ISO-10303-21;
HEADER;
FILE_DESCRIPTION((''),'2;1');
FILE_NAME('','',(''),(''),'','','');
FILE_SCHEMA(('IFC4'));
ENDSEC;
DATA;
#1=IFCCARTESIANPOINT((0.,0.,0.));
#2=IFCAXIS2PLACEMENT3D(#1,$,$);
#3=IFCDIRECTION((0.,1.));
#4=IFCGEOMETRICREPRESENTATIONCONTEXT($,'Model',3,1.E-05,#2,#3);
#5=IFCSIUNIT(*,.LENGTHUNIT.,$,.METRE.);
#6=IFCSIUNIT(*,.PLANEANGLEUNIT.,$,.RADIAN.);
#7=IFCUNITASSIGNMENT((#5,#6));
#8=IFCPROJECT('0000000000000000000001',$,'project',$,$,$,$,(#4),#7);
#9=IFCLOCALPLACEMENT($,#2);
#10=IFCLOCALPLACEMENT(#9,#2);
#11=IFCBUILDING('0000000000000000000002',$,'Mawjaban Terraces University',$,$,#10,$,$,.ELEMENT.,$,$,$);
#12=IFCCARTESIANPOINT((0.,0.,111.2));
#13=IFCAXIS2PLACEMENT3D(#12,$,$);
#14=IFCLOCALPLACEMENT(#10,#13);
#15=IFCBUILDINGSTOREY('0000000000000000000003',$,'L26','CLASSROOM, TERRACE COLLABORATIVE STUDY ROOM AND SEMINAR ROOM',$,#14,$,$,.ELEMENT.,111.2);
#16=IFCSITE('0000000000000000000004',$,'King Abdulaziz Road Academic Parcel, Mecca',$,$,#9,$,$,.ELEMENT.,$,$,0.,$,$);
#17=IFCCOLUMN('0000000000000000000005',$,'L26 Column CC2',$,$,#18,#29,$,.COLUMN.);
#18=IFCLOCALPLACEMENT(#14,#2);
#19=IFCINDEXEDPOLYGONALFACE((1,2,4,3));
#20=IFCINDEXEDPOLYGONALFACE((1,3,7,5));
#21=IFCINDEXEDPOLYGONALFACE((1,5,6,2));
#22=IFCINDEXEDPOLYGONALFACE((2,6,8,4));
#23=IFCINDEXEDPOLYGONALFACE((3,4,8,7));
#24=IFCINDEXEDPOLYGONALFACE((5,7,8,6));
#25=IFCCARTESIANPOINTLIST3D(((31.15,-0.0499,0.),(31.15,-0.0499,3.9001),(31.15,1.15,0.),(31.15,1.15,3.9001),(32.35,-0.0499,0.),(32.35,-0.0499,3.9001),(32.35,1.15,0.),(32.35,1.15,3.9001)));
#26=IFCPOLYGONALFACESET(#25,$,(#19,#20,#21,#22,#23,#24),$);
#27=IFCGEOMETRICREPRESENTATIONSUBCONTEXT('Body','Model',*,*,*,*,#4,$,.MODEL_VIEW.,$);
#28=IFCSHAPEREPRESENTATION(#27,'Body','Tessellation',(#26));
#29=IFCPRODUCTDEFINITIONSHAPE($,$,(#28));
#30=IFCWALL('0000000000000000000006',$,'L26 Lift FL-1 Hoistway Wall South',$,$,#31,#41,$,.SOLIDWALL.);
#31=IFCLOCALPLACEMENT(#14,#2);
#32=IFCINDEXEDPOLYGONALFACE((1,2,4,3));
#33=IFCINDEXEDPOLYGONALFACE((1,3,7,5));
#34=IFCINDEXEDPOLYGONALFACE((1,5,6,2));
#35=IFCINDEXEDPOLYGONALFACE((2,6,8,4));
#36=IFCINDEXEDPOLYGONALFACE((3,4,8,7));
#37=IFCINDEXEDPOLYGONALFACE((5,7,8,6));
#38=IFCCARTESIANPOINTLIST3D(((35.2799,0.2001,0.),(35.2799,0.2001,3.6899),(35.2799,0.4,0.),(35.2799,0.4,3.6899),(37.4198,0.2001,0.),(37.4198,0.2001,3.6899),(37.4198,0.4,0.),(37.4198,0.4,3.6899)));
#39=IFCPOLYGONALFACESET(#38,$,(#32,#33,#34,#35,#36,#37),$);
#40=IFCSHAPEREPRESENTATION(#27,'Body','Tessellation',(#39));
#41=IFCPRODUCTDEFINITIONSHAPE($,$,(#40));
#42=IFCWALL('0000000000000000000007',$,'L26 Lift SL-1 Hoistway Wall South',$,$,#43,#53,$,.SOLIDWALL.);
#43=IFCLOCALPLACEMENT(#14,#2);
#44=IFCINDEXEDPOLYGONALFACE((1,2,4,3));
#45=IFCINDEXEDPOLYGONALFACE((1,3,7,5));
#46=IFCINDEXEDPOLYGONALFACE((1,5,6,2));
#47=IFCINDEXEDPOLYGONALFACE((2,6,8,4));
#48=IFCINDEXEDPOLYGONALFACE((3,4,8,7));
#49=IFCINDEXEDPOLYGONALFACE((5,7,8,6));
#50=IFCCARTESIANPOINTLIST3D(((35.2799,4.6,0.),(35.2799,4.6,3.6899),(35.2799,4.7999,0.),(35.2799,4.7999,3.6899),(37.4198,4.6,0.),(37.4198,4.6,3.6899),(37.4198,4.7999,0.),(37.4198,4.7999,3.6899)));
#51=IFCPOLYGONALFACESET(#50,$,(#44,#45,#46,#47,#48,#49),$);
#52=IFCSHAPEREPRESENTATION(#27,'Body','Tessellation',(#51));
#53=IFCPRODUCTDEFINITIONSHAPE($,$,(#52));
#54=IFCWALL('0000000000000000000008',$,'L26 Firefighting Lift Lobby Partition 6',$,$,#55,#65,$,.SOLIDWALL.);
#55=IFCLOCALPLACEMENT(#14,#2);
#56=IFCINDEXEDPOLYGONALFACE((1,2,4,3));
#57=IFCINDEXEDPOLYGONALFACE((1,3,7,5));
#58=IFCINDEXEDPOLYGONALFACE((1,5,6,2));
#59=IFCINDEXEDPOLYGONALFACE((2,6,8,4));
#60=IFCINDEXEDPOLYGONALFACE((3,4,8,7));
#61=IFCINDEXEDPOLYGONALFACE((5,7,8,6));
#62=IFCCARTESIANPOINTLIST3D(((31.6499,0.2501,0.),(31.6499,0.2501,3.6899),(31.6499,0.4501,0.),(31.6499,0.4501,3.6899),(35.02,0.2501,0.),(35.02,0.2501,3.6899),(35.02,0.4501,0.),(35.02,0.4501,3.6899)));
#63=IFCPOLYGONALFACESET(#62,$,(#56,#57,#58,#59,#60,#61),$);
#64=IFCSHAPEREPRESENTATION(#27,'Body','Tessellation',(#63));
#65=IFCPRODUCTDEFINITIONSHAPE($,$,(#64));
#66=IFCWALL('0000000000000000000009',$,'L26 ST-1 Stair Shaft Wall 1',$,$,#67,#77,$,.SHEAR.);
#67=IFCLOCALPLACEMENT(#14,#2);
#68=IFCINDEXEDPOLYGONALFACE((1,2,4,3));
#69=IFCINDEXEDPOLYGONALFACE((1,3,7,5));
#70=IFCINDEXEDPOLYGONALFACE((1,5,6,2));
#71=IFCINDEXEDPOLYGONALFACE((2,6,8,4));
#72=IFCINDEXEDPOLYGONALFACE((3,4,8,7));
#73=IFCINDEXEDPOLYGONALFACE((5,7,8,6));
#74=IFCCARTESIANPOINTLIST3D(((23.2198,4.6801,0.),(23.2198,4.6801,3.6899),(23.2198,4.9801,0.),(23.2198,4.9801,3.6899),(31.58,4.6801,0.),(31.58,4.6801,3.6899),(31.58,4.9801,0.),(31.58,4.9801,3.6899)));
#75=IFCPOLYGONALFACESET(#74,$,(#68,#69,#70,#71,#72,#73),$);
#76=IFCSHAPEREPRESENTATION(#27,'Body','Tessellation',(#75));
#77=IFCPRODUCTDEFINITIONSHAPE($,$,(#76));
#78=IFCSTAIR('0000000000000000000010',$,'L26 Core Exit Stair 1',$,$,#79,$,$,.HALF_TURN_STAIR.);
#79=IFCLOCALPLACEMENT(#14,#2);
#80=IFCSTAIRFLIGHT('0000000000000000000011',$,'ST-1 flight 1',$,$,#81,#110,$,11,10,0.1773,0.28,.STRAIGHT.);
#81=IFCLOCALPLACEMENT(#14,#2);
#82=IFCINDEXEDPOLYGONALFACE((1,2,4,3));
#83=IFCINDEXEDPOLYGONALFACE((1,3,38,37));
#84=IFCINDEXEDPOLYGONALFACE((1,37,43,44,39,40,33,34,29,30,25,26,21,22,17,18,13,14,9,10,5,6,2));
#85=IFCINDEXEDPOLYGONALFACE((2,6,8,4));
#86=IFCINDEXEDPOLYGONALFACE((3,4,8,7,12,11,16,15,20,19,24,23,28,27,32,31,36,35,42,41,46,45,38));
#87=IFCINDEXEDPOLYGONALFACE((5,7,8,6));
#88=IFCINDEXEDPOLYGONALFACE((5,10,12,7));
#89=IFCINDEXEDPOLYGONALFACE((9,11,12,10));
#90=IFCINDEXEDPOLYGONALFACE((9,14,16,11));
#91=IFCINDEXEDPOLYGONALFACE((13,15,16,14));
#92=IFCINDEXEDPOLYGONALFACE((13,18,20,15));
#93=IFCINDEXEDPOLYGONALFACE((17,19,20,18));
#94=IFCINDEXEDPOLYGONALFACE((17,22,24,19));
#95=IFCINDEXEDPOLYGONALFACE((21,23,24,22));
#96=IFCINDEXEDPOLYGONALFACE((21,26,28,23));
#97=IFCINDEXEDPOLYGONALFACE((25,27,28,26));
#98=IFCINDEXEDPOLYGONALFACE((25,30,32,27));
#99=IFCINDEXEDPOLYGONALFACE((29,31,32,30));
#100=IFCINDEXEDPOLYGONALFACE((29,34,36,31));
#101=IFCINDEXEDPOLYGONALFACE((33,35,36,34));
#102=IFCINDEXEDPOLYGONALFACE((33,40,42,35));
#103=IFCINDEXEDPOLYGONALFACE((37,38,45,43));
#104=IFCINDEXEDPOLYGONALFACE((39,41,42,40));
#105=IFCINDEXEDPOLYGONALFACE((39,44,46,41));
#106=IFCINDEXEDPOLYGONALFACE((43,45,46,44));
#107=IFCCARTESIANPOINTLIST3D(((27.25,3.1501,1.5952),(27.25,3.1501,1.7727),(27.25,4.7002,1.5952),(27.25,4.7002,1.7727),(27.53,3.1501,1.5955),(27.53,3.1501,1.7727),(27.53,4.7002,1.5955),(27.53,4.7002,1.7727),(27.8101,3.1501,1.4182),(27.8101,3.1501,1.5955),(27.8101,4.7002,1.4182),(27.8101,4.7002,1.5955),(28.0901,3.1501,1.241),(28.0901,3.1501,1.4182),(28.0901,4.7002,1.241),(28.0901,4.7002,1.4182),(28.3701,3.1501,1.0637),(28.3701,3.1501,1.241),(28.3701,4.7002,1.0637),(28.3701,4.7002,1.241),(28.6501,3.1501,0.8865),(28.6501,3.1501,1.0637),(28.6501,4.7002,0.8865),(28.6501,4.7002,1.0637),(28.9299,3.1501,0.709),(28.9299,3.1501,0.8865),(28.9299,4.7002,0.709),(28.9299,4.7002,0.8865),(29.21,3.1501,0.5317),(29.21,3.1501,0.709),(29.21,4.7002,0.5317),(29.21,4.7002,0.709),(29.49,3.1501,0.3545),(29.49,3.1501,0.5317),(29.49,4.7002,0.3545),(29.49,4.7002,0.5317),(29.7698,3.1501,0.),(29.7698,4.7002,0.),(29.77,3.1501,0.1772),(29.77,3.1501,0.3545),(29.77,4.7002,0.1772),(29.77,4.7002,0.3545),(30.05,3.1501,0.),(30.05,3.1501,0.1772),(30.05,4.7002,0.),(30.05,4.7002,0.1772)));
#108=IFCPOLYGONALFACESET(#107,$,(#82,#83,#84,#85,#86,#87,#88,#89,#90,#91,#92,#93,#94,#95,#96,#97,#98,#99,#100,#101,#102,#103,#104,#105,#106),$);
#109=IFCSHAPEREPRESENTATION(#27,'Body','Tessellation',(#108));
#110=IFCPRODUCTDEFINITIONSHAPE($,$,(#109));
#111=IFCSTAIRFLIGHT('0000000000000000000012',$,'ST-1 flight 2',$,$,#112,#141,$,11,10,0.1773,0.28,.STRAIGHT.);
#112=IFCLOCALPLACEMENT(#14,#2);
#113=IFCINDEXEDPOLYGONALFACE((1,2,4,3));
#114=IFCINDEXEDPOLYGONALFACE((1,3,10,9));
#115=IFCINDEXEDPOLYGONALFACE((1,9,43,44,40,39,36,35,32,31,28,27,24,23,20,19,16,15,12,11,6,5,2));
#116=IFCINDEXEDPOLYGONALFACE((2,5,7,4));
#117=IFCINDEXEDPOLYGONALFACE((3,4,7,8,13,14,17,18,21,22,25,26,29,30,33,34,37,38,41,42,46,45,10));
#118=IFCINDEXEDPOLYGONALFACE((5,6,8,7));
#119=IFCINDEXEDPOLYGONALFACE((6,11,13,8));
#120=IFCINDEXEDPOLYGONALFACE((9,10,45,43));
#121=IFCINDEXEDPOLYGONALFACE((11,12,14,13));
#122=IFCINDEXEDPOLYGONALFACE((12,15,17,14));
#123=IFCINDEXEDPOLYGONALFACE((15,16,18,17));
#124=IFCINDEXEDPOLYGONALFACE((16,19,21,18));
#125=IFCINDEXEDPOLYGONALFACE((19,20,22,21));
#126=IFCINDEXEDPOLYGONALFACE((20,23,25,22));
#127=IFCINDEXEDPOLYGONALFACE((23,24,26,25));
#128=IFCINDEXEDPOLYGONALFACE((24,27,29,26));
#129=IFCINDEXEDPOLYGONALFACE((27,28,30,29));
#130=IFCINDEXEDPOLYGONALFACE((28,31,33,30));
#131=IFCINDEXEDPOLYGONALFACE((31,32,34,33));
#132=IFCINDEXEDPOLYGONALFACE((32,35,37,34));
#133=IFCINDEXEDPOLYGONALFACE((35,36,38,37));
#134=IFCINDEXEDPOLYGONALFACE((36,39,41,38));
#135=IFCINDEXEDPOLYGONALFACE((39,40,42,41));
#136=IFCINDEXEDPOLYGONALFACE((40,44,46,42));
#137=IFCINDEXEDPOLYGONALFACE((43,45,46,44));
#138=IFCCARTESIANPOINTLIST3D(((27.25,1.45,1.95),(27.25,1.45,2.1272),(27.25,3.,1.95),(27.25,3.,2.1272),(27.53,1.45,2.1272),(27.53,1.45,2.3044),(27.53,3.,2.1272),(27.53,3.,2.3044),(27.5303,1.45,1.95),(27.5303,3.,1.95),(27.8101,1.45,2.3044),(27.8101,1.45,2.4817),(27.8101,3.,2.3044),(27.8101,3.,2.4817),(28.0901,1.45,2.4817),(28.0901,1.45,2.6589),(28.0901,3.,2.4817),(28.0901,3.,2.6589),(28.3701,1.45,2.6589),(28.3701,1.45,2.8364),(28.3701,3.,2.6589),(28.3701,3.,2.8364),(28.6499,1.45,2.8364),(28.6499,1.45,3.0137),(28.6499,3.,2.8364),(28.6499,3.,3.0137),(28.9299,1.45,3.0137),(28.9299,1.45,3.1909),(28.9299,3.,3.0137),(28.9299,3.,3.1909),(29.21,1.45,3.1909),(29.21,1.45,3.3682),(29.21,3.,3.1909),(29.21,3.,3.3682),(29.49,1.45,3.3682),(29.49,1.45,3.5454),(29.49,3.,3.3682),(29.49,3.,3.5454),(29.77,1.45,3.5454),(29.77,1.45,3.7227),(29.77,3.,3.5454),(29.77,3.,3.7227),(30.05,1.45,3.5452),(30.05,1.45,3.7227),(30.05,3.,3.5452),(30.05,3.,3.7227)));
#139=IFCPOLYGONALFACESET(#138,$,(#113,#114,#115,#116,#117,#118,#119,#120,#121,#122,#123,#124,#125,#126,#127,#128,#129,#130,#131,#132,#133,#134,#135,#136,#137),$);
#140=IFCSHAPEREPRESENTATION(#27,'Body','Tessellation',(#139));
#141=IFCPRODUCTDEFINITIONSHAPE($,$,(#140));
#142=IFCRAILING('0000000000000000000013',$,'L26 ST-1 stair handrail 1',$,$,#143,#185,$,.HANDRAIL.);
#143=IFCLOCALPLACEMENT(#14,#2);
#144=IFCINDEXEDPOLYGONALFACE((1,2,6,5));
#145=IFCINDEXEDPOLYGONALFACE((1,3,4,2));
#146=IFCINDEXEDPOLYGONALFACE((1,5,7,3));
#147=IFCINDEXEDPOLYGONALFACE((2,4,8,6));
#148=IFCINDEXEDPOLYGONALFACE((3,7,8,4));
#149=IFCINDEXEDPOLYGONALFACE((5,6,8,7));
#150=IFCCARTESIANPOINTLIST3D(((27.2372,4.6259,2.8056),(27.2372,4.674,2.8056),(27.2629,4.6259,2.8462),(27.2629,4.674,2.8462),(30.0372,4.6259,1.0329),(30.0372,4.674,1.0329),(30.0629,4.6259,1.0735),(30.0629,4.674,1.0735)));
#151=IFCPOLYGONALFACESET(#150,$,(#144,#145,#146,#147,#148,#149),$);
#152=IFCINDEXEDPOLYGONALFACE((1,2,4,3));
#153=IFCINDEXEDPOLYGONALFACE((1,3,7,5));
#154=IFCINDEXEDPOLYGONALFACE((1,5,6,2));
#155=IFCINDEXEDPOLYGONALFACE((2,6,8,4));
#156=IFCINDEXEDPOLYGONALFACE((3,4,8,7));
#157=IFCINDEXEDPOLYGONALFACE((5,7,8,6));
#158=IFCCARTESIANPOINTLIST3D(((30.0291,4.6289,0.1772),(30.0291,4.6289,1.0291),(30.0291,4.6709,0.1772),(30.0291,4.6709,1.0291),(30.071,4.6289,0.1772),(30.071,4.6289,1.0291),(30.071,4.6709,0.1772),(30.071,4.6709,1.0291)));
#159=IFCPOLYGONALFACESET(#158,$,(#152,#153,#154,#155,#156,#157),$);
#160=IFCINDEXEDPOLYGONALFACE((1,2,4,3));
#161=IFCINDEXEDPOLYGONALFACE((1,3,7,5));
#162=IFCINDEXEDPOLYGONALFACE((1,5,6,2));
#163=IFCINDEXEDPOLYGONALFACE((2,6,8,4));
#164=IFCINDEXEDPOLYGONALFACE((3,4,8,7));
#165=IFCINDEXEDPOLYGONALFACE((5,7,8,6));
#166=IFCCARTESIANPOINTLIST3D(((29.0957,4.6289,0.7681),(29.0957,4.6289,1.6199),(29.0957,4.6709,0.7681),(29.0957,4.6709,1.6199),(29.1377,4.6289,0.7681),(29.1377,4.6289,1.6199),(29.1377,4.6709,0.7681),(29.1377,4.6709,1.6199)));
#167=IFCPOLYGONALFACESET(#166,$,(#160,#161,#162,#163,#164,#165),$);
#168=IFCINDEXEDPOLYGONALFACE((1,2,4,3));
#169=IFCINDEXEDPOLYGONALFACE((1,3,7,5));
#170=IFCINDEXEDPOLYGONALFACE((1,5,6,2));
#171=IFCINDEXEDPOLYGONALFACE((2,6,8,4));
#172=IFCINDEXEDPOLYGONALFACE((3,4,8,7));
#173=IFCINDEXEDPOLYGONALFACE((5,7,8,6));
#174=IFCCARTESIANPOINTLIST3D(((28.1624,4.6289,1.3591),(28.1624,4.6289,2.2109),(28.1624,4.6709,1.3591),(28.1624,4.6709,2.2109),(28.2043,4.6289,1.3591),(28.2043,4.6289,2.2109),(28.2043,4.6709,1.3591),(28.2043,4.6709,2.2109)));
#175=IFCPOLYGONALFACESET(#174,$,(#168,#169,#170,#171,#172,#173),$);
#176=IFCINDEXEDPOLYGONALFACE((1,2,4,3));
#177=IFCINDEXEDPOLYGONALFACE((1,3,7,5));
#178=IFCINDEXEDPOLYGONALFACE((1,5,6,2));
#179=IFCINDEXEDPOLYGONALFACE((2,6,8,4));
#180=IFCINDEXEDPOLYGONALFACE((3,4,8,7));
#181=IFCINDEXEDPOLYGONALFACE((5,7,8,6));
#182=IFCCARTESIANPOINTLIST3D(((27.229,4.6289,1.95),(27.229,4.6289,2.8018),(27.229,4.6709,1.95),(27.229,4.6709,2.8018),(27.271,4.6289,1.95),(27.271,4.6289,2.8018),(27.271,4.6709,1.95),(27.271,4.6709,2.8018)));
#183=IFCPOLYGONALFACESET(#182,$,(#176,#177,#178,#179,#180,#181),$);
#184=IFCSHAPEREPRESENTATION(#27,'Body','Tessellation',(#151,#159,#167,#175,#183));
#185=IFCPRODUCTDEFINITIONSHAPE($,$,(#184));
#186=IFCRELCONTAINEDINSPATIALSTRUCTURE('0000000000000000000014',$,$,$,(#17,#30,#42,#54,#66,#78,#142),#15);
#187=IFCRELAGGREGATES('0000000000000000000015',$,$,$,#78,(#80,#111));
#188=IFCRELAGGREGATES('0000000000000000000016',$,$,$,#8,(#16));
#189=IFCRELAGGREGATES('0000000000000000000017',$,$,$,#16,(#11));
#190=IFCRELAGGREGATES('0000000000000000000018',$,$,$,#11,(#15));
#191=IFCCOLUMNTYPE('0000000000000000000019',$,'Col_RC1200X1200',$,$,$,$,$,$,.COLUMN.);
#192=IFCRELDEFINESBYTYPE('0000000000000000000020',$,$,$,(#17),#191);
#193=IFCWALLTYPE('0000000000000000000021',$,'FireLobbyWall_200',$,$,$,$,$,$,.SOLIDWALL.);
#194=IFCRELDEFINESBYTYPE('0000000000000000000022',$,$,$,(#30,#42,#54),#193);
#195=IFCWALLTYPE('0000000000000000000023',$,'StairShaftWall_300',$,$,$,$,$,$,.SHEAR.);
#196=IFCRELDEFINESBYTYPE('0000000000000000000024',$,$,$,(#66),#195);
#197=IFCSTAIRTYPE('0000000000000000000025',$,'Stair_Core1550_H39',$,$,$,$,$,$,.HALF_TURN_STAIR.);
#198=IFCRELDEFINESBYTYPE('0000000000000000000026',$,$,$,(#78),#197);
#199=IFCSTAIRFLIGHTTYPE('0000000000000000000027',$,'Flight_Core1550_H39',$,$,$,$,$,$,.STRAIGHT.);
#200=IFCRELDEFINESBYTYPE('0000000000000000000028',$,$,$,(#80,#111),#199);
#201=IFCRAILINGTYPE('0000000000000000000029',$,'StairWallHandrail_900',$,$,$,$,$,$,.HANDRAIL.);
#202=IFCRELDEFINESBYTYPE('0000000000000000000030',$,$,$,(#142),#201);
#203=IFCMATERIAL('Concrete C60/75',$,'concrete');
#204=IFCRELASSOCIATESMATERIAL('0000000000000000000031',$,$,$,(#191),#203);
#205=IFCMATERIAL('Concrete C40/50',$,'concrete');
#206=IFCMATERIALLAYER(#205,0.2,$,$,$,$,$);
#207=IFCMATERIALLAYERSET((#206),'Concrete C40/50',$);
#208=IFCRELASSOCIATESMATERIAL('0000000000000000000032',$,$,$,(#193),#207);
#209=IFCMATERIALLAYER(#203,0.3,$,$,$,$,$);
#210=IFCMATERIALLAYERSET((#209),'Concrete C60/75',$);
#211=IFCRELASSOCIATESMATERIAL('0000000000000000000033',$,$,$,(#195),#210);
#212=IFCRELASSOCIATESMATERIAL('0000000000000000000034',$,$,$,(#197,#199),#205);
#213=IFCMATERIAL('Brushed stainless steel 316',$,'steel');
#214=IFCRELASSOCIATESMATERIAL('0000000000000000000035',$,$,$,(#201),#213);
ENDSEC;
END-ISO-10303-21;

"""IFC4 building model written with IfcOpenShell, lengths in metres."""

from ifc_helpers import new_model, si_unit, direction, frame, frame_2d, origin, origin_2d, place, context, subcontext, project, spatial, polyline, rectangle, outline, extrude, material, layer, layer_set, material_profile, profile_set, type_object, element, aggregate, save


model = new_model("IFC4")

# Units and contexts
model_context = context("Model", 3, precision=1e-05, world=origin(), true_north=direction((0.0, 1.0)))
body_context = subcontext(model_context, "Body", "Model", "MODEL_VIEW")
ifc_project = project(units=[si_unit("LENGTHUNIT", "METRE"), si_unit("PLANEANGLEUNIT", "RADIAN")], contexts=[model_context])

# Site, building, storey
site_placement = place(None, origin())
site = spatial("IfcSite", under=ifc_project, at=site_placement, Name="King Abdulaziz Road Academic Parcel, Mecca", CompositionType="ELEMENT", RefElevation=0.0)
building_placement = place(site_placement, origin())
building = spatial("IfcBuilding", under=site, at=building_placement, Name="Mawjaban Terraces University", CompositionType="ELEMENT")
storey_placement = place(building_placement, frame((0.0, 0.0, 111.2)))
storey = spatial("IfcBuildingStorey", under=building, at=storey_placement, Name="L26", Description="CLASSROOM, TERRACE COLLABORATIVE STUDY ROOM AND SEMINAR ROOM", CompositionType="ELEMENT", Elevation=111.2)

# Column
ifc_material_1 = material(Name="Concrete C60/75", Category="concrete")
ifc_material_profile = material_profile(ifc_material_1, rectangle(XDim=1.2, YDim=1.2, at=origin_2d()), Name="RC1200X1200")
ifc_profile_set = profile_set([ifc_material_profile], Name="Concrete C60/75")
column_type = type_object("IfcColumnType", Name="Col_RC1200X1200", PredefinedType="COLUMN", material=ifc_profile_set)
column_placement = place(storey_placement, frame((31.75, 0.55, 0.0), z_axis=(0.0, 0.0, 1.0), x_axis=(1.0, 0.0, 0.0)))
element("IfcColumn", 1, at=column_placement, inside=storey, type_object=column_type, Name="L26 Column CC2", PredefinedType="COLUMN", context=body_context, shape_type="SweptSolid", body=[
    extrude(rectangle(XDim=1.2, YDim=1.2, at=origin_2d()), origin(), (0.0, 0.0, 1.0), 3.9001),
])

# Shared definitions
ifc_material_2 = material(Name="Concrete C40/50", Category="concrete")
ifc_layer_1 = layer(ifc_material_2, 0.2)
ifc_layer_set_1 = layer_set([ifc_layer_1], Name="Concrete C40/50")
wall_type_1 = type_object("IfcWallType", Name="FireLobbyWall_200", PredefinedType="SOLIDWALL", material=ifc_layer_set_1)

# Wall
wall_1_placement = place(storey_placement, frame((35.28, 0.3, 0.0), z_axis=(0.0, 0.0, 1.0), x_axis=(1.0, 0.0, 0.0)))
element("IfcWall", 2, at=wall_1_placement, inside=storey, type_object=wall_type_1, Name="L26 Lift FL-1 Hoistway Wall South", PredefinedType="SOLIDWALL", context=body_context, shape_type="SweptSolid", body=[
    extrude(rectangle(XDim=2.1399, YDim=0.2, at=frame_2d((1.0698, 0.0))), origin(), (0.0, 0.0, 1.0), 3.6899),
])

# Walls
wall_2_placement = place(storey_placement, frame((35.28, 4.7, 0.0), z_axis=(0.0, 0.0, 1.0), x_axis=(1.0, 0.0, 0.0)))
element("IfcWall", 3, at=wall_2_placement, inside=storey, type_object=wall_type_1, Name="L26 Lift SL-1 Hoistway Wall South", PredefinedType="SOLIDWALL", context=body_context, shape_type="SweptSolid", body=[
    extrude(rectangle(XDim=2.1399, YDim=0.2, at=frame_2d((1.0698, 0.0))), origin(), (0.0, 0.0, 1.0), 3.6899),
])
wall_3_placement = place(storey_placement, frame((31.6499, 0.3501, 0.0), z_axis=(0.0, 0.0, 1.0), x_axis=(1.0, 0.0, 0.0)))
element("IfcWall", 4, at=wall_3_placement, inside=storey, type_object=wall_type_1, Name="L26 Firefighting Lift Lobby Partition 6", PredefinedType="SOLIDWALL", context=body_context, shape_type="SweptSolid", body=[
    extrude(rectangle(XDim=3.3701, YDim=0.2, at=frame_2d((1.6851, 0.0))), origin(), (0.0, 0.0, 1.0), 3.6899),
])

# Wall
ifc_layer_2 = layer(ifc_material_1, 0.3)
ifc_layer_set_2 = layer_set([ifc_layer_2], Name="Concrete C60/75")
wall_type_2 = type_object("IfcWallType", Name="StairShaftWall_300", PredefinedType="SHEAR", material=ifc_layer_set_2)
wall_4_placement = place(storey_placement, frame((31.5801, 4.8301, 0.0), z_axis=(0.0, 0.0, 1.0), x_axis=(-1.0, 0.0, 0.0)))
element("IfcWall", 5, at=wall_4_placement, inside=storey, type_object=wall_type_2, Name="L26 ST-1 Stair Shaft Wall 1", PredefinedType="SHEAR", context=body_context, shape_type="SweptSolid", body=[
    extrude(rectangle(XDim=8.3601, YDim=0.3, at=frame_2d((4.1802, 0.0))), origin(), (0.0, 0.0, 1.0), 3.6899),
])

# Stair, stair flights
stair_type = type_object("IfcStairType", Name="Stair_Core1550_H39", PredefinedType="HALF_TURN_STAIR", material=ifc_material_2)
stair_placement = place(storey_placement, origin())
stair = element("IfcStair", 6, at=stair_placement, inside=storey, type_object=stair_type, Name="L26 Core Exit Stair 1", PredefinedType="HALF_TURN_STAIR")
stair_flight_type = type_object("IfcStairFlightType", Name="Flight_Core1550_H39", PredefinedType="STRAIGHT", material=ifc_material_2)
stair_flight_1_placement = place(storey_placement, frame((30.05, 3.925, 0.0), z_axis=(0.0, 0.0, 1.0), x_axis=(-1.0, 0.0, 0.0)))
stair_flight_1 = element("IfcStairFlight", 7, at=stair_flight_1_placement, type_object=stair_flight_type, Name="ST-1 flight 1", NumberOfRisers=11, NumberOfTreads=10, PredefinedType="STRAIGHT", RiserHeight=0.1773, TreadLength=0.28, context=body_context, shape_type="SweptSolid", body=[
    extrude(outline(polyline([(0.0, 0.0), (0.0, 0.1772), (0.28, 0.1772), (0.28, 0.3545), (0.5601, 0.3545), (0.5601, 0.5317), (0.8401, 0.5317), (0.8401, 0.709), (1.1201, 0.709), (1.1201, 0.8865), (1.3999, 0.8865), (1.3999, 1.0637), (1.6799, 1.0637), (1.6799, 1.241), (1.96, 1.241), (1.96, 1.4182), (2.24, 1.4182), (2.24, 1.5955), (2.52, 1.5955), (2.52, 1.7727), (2.8, 1.7727), (2.8, 1.95), (2.8, 1.5952), (0.2803, 0.0), (0.0, 0.0)])), frame((0.0, 0.7749, 0.0), z_axis=(0.0, -1.0, 0.0), x_axis=(1.0, 0.0, 0.0)), (0.0, 0.0, 1.0), 1.55),
])
stair_flight_2_placement = place(storey_placement, frame((27.25, 2.2251, 1.95), z_axis=(0.0, 0.0, 1.0), x_axis=(1.0, 0.0, 0.0)))
stair_flight_2 = element("IfcStairFlight", 8, at=stair_flight_2_placement, type_object=stair_flight_type, Name="ST-1 flight 2", NumberOfRisers=11, NumberOfTreads=10, PredefinedType="STRAIGHT", RiserHeight=0.1773, TreadLength=0.28, context=body_context, shape_type="SweptSolid", body=[
    extrude(outline(polyline([(0.0, 0.0), (0.0, 0.1772), (0.28, 0.1772), (0.28, 0.3545), (0.5601, 0.3545), (0.5601, 0.5317), (0.8401, 0.5317), (0.8401, 0.709), (1.1201, 0.709), (1.1201, 0.8865), (1.3999, 0.8865), (1.3999, 1.0637), (1.6799, 1.0637), (1.6799, 1.241), (1.96, 1.241), (1.96, 1.4182), (2.24, 1.4182), (2.24, 1.5955), (2.52, 1.5955), (2.52, 1.7727), (2.8, 1.7727), (2.8, 1.95), (2.8, 1.5952), (0.2803, 0.0), (0.0, 0.0)])), frame((0.0, 0.7749, 0.0), z_axis=(0.0, -1.0, 0.0), x_axis=(1.0, 0.0, 0.0)), (0.0, 0.0, 1.0), 1.55),
])
aggregate(stair, [stair_flight_1, stair_flight_2])

# Railing
ifc_material_3 = material(Name="Brushed stainless steel 316", Category="steel")
railing_type_1 = type_object("IfcRailingType", Name="StairWallHandrail_900", PredefinedType="HANDRAIL", material=ifc_material_3)
railing_1_placement = place(storey_placement, frame((30.05, 4.6499, 0.1772)))
element("IfcRailing", 9, at=railing_1_placement, inside=storey, type_object=railing_type_1, Name="L26 ST-1 stair handrail 1", PredefinedType="HANDRAIL", context=body_context, shape_type="SweptSolid", body=[
    extrude(rectangle(XDim=0.0481, YDim=0.0481, at=origin_2d()), frame((0.0, 0.0, 0.876), z_axis=(-0.844909, 0.0, 0.53491), x_axis=(0.0, -1.0, 0.0)), (0.0, 0.0, 1.0), 3.314),
    extrude(rectangle(XDim=0.042, YDim=0.042, at=origin_2d()), origin(), (0.0, 0.0, 1.0), 0.8518),
    extrude(rectangle(XDim=0.042, YDim=0.042, at=origin_2d()), frame((-0.9333, 0.0, 0.5908)), (0.0, 0.0, 1.0), 0.8518),
    extrude(rectangle(XDim=0.042, YDim=0.042, at=origin_2d()), frame((-1.8667, 0.0, 1.1819)), (0.0, 0.0, 1.0), 0.8518),
    extrude(rectangle(XDim=0.042, YDim=0.042, at=origin_2d()), frame((-2.8, 0.0, 1.7727)), (0.0, 0.0, 1.0), 0.8518),
])

save(model, "model.ifc")
